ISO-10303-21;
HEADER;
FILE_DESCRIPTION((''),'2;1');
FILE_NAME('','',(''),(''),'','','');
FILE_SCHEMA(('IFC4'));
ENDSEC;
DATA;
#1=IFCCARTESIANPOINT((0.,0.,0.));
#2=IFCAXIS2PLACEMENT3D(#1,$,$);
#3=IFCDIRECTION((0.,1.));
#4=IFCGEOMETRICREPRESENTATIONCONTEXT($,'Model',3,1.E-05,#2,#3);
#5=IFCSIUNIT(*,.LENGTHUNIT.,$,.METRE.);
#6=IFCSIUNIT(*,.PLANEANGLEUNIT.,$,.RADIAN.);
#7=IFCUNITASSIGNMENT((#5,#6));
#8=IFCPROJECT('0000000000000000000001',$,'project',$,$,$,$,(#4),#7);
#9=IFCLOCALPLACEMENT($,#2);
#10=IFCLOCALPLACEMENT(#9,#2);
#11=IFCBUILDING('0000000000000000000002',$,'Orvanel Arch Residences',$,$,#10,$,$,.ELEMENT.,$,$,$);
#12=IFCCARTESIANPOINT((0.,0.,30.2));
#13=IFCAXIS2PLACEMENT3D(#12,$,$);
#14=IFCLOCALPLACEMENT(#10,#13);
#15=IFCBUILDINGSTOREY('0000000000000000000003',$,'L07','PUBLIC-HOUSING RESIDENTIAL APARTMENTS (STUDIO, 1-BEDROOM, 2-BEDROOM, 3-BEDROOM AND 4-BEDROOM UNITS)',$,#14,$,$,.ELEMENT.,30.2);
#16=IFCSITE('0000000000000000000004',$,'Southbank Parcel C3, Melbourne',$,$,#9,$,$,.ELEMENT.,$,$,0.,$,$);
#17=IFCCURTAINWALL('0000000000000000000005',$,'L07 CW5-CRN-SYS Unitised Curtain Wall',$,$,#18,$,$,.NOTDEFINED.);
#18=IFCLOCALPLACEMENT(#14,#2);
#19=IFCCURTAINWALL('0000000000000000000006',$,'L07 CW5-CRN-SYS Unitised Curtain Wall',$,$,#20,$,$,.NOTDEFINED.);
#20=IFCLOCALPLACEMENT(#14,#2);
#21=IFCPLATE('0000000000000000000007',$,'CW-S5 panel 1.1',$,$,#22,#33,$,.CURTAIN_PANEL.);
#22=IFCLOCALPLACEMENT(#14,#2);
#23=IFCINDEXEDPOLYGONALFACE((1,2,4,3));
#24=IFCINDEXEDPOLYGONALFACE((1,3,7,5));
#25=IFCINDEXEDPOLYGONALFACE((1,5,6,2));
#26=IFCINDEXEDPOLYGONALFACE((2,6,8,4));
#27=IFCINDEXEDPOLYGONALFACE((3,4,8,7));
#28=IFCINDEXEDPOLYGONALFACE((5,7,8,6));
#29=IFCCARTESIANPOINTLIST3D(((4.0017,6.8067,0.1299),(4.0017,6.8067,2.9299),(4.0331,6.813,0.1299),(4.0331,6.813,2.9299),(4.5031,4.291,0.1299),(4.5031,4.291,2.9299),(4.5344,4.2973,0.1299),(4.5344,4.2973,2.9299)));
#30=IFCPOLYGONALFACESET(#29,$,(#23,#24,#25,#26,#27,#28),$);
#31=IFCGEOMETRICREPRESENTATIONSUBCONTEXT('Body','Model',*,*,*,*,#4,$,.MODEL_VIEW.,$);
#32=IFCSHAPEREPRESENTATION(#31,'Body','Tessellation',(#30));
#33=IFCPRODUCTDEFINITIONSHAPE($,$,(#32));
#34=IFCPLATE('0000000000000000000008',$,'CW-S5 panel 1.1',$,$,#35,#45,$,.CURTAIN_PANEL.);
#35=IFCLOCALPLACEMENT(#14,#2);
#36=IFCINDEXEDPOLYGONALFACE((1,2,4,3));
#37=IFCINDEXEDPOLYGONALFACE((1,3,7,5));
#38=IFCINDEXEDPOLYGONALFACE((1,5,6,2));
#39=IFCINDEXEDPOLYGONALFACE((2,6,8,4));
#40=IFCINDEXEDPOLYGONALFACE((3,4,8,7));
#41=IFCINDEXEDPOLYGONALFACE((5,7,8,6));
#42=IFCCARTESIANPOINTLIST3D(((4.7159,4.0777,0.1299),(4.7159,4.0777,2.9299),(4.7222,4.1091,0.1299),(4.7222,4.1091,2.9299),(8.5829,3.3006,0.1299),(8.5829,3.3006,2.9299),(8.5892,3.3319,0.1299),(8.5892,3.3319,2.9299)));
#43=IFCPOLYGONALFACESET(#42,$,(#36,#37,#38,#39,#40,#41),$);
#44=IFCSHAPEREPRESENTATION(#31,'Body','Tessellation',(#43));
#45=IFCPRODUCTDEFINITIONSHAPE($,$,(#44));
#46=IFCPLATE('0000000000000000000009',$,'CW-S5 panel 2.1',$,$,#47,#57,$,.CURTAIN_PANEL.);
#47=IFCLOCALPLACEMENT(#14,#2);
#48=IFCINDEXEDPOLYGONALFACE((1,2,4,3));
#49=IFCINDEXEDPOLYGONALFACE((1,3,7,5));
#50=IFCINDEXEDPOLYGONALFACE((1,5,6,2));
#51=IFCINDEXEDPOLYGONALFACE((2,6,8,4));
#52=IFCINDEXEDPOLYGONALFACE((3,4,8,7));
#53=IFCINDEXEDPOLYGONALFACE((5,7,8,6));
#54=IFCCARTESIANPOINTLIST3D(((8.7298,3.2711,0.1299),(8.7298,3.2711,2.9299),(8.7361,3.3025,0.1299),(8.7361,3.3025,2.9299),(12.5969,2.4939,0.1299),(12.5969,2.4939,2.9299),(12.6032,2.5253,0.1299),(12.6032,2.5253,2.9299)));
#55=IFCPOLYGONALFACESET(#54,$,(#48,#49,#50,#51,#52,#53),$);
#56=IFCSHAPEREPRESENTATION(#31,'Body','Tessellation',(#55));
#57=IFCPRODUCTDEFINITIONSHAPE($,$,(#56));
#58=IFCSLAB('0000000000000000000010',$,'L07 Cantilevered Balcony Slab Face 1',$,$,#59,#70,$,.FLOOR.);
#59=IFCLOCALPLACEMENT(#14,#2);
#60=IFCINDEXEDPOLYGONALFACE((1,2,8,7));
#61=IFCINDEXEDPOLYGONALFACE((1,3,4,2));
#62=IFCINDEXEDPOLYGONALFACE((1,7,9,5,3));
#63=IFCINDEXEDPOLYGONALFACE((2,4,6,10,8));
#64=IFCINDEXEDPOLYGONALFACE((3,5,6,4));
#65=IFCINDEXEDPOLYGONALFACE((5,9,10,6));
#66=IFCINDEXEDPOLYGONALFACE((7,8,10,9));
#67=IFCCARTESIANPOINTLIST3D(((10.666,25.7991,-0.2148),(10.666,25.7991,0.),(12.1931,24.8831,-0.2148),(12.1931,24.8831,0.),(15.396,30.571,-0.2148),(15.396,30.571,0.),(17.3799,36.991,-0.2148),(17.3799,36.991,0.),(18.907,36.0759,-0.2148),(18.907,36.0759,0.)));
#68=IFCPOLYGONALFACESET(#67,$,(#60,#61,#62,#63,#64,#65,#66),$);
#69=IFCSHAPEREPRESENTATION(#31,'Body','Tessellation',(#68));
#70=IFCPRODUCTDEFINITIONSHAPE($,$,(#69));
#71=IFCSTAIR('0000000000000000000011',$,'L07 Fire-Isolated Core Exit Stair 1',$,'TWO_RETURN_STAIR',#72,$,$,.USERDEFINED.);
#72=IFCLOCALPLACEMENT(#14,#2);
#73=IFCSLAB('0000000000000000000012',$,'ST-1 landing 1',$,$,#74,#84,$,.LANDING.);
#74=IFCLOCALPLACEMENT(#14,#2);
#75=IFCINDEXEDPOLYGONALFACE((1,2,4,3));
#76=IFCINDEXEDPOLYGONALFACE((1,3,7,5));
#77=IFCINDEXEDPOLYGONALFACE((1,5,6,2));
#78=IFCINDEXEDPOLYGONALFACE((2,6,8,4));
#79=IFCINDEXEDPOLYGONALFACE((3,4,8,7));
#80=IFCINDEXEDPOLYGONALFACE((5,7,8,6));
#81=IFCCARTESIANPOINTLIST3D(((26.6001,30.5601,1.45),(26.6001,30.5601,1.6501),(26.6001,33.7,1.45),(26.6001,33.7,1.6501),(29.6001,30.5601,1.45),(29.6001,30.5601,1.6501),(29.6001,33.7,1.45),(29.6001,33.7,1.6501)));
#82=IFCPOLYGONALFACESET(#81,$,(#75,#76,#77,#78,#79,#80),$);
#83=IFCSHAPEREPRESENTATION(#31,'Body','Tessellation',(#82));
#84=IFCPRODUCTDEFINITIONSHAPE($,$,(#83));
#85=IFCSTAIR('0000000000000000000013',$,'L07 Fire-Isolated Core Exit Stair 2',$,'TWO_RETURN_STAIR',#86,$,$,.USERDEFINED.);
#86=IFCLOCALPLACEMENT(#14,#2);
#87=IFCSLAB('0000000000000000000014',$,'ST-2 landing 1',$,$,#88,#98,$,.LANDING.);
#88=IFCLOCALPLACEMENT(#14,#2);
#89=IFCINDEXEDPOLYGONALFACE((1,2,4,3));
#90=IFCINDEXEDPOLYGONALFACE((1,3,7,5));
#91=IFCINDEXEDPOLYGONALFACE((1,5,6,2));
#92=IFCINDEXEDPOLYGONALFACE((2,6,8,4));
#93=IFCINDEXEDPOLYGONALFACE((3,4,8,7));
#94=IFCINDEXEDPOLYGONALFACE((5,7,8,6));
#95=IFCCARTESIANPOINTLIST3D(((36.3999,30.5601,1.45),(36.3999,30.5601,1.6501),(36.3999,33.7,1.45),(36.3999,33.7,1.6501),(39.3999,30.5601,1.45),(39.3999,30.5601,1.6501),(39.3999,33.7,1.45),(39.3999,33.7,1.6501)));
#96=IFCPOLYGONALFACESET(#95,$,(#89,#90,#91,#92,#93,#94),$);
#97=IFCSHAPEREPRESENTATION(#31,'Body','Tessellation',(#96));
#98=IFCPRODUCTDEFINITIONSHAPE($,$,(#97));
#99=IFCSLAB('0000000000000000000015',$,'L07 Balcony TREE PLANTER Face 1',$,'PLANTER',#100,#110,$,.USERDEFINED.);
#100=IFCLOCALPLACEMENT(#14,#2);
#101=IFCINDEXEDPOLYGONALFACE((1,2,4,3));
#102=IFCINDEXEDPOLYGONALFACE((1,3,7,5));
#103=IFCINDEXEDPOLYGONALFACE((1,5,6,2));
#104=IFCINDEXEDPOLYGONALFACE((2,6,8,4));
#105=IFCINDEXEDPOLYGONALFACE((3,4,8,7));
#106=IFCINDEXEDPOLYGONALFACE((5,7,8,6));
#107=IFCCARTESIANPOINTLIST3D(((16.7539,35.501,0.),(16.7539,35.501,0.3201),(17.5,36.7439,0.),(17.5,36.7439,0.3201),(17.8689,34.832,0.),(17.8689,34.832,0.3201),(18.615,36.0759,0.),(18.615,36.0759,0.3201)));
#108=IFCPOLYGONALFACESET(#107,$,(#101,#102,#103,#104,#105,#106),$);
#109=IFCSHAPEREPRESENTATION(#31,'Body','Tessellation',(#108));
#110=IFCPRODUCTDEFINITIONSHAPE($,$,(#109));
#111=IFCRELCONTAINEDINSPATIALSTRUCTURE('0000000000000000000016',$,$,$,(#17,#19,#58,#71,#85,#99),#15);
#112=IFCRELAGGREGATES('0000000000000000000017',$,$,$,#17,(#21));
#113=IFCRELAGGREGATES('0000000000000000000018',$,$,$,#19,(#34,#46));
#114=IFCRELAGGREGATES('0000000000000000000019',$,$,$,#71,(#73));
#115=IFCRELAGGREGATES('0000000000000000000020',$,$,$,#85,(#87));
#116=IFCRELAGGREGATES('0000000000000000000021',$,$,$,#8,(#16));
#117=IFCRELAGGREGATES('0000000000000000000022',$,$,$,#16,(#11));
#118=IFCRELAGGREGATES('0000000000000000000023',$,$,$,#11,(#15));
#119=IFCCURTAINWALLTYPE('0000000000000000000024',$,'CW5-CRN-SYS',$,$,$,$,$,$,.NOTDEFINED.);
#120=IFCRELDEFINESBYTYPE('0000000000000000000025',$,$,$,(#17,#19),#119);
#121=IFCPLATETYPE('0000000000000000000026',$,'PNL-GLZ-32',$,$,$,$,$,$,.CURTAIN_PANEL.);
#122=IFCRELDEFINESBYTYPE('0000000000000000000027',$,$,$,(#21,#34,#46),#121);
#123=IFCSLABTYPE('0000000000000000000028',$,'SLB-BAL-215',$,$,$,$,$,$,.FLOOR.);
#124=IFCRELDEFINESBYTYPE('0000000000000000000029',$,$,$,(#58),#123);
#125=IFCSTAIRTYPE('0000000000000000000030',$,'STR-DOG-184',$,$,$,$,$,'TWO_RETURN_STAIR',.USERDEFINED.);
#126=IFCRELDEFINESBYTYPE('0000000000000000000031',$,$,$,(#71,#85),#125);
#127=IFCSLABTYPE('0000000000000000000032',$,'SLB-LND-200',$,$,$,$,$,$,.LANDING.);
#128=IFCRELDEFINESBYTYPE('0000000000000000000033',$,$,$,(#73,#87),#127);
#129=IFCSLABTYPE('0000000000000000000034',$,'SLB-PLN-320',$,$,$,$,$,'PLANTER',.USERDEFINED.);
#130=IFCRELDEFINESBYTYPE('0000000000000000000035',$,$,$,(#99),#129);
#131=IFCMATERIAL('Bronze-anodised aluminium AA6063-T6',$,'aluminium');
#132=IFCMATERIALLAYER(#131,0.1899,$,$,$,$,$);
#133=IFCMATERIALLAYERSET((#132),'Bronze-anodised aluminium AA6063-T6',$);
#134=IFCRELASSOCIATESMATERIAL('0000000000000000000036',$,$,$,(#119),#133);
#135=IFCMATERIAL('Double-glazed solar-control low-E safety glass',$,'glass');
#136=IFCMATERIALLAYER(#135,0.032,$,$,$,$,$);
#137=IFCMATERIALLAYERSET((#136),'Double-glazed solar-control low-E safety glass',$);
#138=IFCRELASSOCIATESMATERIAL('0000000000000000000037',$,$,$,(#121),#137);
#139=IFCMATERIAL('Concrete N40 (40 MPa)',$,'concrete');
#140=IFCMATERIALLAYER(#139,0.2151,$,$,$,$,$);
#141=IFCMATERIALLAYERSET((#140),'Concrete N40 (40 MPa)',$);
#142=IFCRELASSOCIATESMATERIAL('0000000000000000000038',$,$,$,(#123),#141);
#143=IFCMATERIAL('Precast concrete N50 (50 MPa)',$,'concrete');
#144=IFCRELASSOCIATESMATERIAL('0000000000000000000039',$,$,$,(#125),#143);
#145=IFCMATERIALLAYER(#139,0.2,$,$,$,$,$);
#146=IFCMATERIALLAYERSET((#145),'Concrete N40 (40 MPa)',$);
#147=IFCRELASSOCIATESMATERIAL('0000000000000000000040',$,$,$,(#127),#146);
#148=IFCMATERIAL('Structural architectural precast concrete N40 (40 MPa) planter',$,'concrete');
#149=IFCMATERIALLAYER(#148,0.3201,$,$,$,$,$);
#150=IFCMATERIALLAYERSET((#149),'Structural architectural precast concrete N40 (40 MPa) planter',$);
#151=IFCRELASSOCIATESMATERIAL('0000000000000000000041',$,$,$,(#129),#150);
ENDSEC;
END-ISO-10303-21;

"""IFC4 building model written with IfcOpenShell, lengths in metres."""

from ifc_helpers import new_model, si_unit, direction, frame, origin, origin_2d, place, context, subcontext, project, spatial, polyline, rectangle, outline, extrude, material, layer, layer_set, type_object, element, aggregate, save


model = new_model("IFC4")

# Units and contexts
model_context = context("Model", 3, precision=1e-05, world=origin(), true_north=direction((0.0, 1.0)))
body_context = subcontext(model_context, "Body", "Model", "MODEL_VIEW")
ifc_project = project(units=[si_unit("LENGTHUNIT", "METRE"), si_unit("PLANEANGLEUNIT", "RADIAN")], contexts=[model_context])

# Site, building, storey
site_placement = place(None, origin())
site = spatial("IfcSite", under=ifc_project, at=site_placement, Name="Southbank Parcel C3, Melbourne", CompositionType="ELEMENT", RefElevation=0.0)
building_placement = place(site_placement, origin())
building = spatial("IfcBuilding", under=site, at=building_placement, Name="Orvanel Arch Residences", CompositionType="ELEMENT")
storey_placement = place(building_placement, frame((0.0, 0.0, 30.2)))
storey = spatial("IfcBuildingStorey", under=building, at=storey_placement, Name="L07", Description="PUBLIC-HOUSING RESIDENTIAL APARTMENTS (STUDIO, 1-BEDROOM, 2-BEDROOM, 3-BEDROOM AND 4-BEDROOM UNITS)", CompositionType="ELEMENT", Elevation=30.2)

# Curtain walls
ifc_material_1 = material(Name="Bronze-anodised aluminium AA6063-T6", Category="aluminium")
ifc_layer_1 = layer(ifc_material_1, 0.1899)
ifc_layer_set_1 = layer_set([ifc_layer_1], Name="Bronze-anodised aluminium AA6063-T6")
curtain_wall_type = type_object("IfcCurtainWallType", Name="CW5-CRN-SYS", PredefinedType="NOTDEFINED", material=ifc_layer_set_1)
curtain_wall_1_placement = place(storey_placement, origin())
curtain_wall_1 = element("IfcCurtainWall", 1, at=curtain_wall_1_placement, inside=storey, type_object=curtain_wall_type, Name="L07 CW5-CRN-SYS Unitised Curtain Wall", PredefinedType="NOTDEFINED")
curtain_wall_2_placement = place(storey_placement, origin())
curtain_wall_2 = element("IfcCurtainWall", 2, at=curtain_wall_2_placement, inside=storey, type_object=curtain_wall_type, Name="L07 CW5-CRN-SYS Unitised Curtain Wall", PredefinedType="NOTDEFINED")

# Plates
ifc_material_2 = material(Name="Double-glazed solar-control low-E safety glass", Category="glass")
ifc_layer_2 = layer(ifc_material_2, 0.032)
ifc_layer_set_2 = layer_set([ifc_layer_2], Name="Double-glazed solar-control low-E safety glass")
plate_type = type_object("IfcPlateType", Name="PNL-GLZ-32", PredefinedType="CURTAIN_PANEL", material=ifc_layer_set_2)
plate_1_placement = place(storey_placement, frame((4.2681, 5.552, 0.1299), z_axis=(0.0, 0.0, 1.0), x_axis=(0.195445, -0.980715, 0.0)))
plate_1 = element("IfcPlate", 3, at=plate_1_placement, type_object=plate_type, Name="CW-S5 panel 1.1", PredefinedType="CURTAIN_PANEL", context=body_context, shape_type="SweptSolid", body=[
    extrude(rectangle(XDim=2.5652, YDim=0.032, at=origin_2d()), origin(), (0.0, 0.0, 1.0), 2.8),
])
aggregate(curtain_wall_1, [plate_1])
plate_2_placement = place(storey_placement, frame((6.6526, 3.7048, 0.1299), z_axis=(0.0, 0.0, 1.0), x_axis=(0.980396, -0.197039, 0.0)))
plate_2 = element("IfcPlate", 4, at=plate_2_placement, type_object=plate_type, Name="CW-S5 panel 1.1", PredefinedType="CURTAIN_PANEL", context=body_context, shape_type="SweptSolid", body=[
    extrude(rectangle(XDim=3.9443, YDim=0.032, at=origin_2d()), origin(), (0.0, 0.0, 1.0), 2.8),
])
plate_3_placement = place(storey_placement, frame((10.6665, 2.8982, 0.1299), z_axis=(0.0, 0.0, 1.0), x_axis=(0.980396, -0.197039, 0.0)))
plate_3 = element("IfcPlate", 5, at=plate_3_placement, type_object=plate_type, Name="CW-S5 panel 2.1", PredefinedType="CURTAIN_PANEL", context=body_context, shape_type="SweptSolid", body=[
    extrude(rectangle(XDim=3.9443, YDim=0.032, at=origin_2d()), origin(), (0.0, 0.0, 1.0), 2.8),
])
aggregate(curtain_wall_2, [plate_2, plate_3])

# Slab
ifc_material_3 = material(Name="Concrete N40 (40 MPa)", Category="concrete")
ifc_layer_3 = layer(ifc_material_3, 0.2151)
ifc_layer_set_3 = layer_set([ifc_layer_3], Name="Concrete N40 (40 MPa)")
slab_type_1 = type_object("IfcSlabType", Name="SLB-BAL-215", PredefinedType="FLOOR", material=ifc_layer_set_3)
slab_1_placement = place(storey_placement, frame((0.0, 0.0, -0.2148)))
element("IfcSlab", 6, at=slab_1_placement, inside=storey, type_object=slab_type_1, Name="L07 Cantilevered Balcony Slab Face 1", PredefinedType="FLOOR", context=body_context, shape_type="SweptSolid", body=[
    extrude(outline(polyline([(17.3799, 36.991), (10.666, 25.7991), (12.1931, 24.8831), (15.396, 30.571), (18.907, 36.0759), (17.3799, 36.991)])), origin(), (0.0, 0.0, 1.0), 0.2148),
])

# Stairs, slabs
ifc_material_4 = material(Name="Precast concrete N50 (50 MPa)", Category="concrete")
stair_type = type_object("IfcStairType", Name="STR-DOG-184", ElementType="TWO_RETURN_STAIR", PredefinedType="USERDEFINED", material=ifc_material_4)
stair_1_placement = place(storey_placement, origin())
stair_1 = element("IfcStair", 7, at=stair_1_placement, inside=storey, type_object=stair_type, Name="L07 Fire-Isolated Core Exit Stair 1", ObjectType="TWO_RETURN_STAIR", PredefinedType="USERDEFINED")
ifc_layer_4 = layer(ifc_material_3, 0.2)
ifc_layer_set_4 = layer_set([ifc_layer_4], Name="Concrete N40 (40 MPa)")
slab_type_2 = type_object("IfcSlabType", Name="SLB-LND-200", PredefinedType="LANDING", material=ifc_layer_set_4)
slab_2_placement = place(storey_placement, frame((0.0, 0.0, 1.45)))
slab_2 = element("IfcSlab", 8, at=slab_2_placement, type_object=slab_type_2, Name="ST-1 landing 1", PredefinedType="LANDING", context=body_context, shape_type="SweptSolid", body=[
    extrude(outline(polyline([(29.6001, 30.5601), (29.6001, 33.7), (26.6001, 33.7), (26.6001, 30.5601), (29.6001, 30.5601)])), origin(), (0.0, 0.0, 1.0), 0.2002),
])
aggregate(stair_1, [slab_2])
stair_2_placement = place(storey_placement, origin())
stair_2 = element("IfcStair", 9, at=stair_2_placement, inside=storey, type_object=stair_type, Name="L07 Fire-Isolated Core Exit Stair 2", ObjectType="TWO_RETURN_STAIR", PredefinedType="USERDEFINED")
slab_3_placement = place(storey_placement, frame((0.0, 0.0, 1.45)))
slab_3 = element("IfcSlab", 10, at=slab_3_placement, type_object=slab_type_2, Name="ST-2 landing 1", PredefinedType="LANDING", context=body_context, shape_type="SweptSolid", body=[
    extrude(outline(polyline([(39.3999, 30.5601), (39.3999, 33.7), (36.3999, 33.7), (36.3999, 30.5601), (39.3999, 30.5601)])), origin(), (0.0, 0.0, 1.0), 0.2002),
])
aggregate(stair_2, [slab_3])

# Slab
ifc_material_5 = material(Name="Structural architectural precast concrete N40 (40 MPa) planter", Category="concrete")
ifc_layer_5 = layer(ifc_material_5, 0.3201)
ifc_layer_set_5 = layer_set([ifc_layer_5], Name="Structural architectural precast concrete N40 (40 MPa) planter")
slab_type_3 = type_object("IfcSlabType", Name="SLB-PLN-320", ElementType="PLANTER", PredefinedType="USERDEFINED", material=ifc_layer_set_5)
slab_4_placement = place(storey_placement, origin())
element("IfcSlab", 11, at=slab_4_placement, inside=storey, type_object=slab_type_3, Name="L07 Balcony TREE PLANTER Face 1", ObjectType="PLANTER", PredefinedType="USERDEFINED", context=body_context, shape_type="SweptSolid", body=[
    extrude(outline(polyline([(17.5, 36.7439), (16.7539, 35.501), (17.8689, 34.832), (18.615, 36.0759), (17.5, 36.7439)])), origin(), (0.0, 0.0, 1.0), 0.3201),
])

save(model, "model.ifc")
